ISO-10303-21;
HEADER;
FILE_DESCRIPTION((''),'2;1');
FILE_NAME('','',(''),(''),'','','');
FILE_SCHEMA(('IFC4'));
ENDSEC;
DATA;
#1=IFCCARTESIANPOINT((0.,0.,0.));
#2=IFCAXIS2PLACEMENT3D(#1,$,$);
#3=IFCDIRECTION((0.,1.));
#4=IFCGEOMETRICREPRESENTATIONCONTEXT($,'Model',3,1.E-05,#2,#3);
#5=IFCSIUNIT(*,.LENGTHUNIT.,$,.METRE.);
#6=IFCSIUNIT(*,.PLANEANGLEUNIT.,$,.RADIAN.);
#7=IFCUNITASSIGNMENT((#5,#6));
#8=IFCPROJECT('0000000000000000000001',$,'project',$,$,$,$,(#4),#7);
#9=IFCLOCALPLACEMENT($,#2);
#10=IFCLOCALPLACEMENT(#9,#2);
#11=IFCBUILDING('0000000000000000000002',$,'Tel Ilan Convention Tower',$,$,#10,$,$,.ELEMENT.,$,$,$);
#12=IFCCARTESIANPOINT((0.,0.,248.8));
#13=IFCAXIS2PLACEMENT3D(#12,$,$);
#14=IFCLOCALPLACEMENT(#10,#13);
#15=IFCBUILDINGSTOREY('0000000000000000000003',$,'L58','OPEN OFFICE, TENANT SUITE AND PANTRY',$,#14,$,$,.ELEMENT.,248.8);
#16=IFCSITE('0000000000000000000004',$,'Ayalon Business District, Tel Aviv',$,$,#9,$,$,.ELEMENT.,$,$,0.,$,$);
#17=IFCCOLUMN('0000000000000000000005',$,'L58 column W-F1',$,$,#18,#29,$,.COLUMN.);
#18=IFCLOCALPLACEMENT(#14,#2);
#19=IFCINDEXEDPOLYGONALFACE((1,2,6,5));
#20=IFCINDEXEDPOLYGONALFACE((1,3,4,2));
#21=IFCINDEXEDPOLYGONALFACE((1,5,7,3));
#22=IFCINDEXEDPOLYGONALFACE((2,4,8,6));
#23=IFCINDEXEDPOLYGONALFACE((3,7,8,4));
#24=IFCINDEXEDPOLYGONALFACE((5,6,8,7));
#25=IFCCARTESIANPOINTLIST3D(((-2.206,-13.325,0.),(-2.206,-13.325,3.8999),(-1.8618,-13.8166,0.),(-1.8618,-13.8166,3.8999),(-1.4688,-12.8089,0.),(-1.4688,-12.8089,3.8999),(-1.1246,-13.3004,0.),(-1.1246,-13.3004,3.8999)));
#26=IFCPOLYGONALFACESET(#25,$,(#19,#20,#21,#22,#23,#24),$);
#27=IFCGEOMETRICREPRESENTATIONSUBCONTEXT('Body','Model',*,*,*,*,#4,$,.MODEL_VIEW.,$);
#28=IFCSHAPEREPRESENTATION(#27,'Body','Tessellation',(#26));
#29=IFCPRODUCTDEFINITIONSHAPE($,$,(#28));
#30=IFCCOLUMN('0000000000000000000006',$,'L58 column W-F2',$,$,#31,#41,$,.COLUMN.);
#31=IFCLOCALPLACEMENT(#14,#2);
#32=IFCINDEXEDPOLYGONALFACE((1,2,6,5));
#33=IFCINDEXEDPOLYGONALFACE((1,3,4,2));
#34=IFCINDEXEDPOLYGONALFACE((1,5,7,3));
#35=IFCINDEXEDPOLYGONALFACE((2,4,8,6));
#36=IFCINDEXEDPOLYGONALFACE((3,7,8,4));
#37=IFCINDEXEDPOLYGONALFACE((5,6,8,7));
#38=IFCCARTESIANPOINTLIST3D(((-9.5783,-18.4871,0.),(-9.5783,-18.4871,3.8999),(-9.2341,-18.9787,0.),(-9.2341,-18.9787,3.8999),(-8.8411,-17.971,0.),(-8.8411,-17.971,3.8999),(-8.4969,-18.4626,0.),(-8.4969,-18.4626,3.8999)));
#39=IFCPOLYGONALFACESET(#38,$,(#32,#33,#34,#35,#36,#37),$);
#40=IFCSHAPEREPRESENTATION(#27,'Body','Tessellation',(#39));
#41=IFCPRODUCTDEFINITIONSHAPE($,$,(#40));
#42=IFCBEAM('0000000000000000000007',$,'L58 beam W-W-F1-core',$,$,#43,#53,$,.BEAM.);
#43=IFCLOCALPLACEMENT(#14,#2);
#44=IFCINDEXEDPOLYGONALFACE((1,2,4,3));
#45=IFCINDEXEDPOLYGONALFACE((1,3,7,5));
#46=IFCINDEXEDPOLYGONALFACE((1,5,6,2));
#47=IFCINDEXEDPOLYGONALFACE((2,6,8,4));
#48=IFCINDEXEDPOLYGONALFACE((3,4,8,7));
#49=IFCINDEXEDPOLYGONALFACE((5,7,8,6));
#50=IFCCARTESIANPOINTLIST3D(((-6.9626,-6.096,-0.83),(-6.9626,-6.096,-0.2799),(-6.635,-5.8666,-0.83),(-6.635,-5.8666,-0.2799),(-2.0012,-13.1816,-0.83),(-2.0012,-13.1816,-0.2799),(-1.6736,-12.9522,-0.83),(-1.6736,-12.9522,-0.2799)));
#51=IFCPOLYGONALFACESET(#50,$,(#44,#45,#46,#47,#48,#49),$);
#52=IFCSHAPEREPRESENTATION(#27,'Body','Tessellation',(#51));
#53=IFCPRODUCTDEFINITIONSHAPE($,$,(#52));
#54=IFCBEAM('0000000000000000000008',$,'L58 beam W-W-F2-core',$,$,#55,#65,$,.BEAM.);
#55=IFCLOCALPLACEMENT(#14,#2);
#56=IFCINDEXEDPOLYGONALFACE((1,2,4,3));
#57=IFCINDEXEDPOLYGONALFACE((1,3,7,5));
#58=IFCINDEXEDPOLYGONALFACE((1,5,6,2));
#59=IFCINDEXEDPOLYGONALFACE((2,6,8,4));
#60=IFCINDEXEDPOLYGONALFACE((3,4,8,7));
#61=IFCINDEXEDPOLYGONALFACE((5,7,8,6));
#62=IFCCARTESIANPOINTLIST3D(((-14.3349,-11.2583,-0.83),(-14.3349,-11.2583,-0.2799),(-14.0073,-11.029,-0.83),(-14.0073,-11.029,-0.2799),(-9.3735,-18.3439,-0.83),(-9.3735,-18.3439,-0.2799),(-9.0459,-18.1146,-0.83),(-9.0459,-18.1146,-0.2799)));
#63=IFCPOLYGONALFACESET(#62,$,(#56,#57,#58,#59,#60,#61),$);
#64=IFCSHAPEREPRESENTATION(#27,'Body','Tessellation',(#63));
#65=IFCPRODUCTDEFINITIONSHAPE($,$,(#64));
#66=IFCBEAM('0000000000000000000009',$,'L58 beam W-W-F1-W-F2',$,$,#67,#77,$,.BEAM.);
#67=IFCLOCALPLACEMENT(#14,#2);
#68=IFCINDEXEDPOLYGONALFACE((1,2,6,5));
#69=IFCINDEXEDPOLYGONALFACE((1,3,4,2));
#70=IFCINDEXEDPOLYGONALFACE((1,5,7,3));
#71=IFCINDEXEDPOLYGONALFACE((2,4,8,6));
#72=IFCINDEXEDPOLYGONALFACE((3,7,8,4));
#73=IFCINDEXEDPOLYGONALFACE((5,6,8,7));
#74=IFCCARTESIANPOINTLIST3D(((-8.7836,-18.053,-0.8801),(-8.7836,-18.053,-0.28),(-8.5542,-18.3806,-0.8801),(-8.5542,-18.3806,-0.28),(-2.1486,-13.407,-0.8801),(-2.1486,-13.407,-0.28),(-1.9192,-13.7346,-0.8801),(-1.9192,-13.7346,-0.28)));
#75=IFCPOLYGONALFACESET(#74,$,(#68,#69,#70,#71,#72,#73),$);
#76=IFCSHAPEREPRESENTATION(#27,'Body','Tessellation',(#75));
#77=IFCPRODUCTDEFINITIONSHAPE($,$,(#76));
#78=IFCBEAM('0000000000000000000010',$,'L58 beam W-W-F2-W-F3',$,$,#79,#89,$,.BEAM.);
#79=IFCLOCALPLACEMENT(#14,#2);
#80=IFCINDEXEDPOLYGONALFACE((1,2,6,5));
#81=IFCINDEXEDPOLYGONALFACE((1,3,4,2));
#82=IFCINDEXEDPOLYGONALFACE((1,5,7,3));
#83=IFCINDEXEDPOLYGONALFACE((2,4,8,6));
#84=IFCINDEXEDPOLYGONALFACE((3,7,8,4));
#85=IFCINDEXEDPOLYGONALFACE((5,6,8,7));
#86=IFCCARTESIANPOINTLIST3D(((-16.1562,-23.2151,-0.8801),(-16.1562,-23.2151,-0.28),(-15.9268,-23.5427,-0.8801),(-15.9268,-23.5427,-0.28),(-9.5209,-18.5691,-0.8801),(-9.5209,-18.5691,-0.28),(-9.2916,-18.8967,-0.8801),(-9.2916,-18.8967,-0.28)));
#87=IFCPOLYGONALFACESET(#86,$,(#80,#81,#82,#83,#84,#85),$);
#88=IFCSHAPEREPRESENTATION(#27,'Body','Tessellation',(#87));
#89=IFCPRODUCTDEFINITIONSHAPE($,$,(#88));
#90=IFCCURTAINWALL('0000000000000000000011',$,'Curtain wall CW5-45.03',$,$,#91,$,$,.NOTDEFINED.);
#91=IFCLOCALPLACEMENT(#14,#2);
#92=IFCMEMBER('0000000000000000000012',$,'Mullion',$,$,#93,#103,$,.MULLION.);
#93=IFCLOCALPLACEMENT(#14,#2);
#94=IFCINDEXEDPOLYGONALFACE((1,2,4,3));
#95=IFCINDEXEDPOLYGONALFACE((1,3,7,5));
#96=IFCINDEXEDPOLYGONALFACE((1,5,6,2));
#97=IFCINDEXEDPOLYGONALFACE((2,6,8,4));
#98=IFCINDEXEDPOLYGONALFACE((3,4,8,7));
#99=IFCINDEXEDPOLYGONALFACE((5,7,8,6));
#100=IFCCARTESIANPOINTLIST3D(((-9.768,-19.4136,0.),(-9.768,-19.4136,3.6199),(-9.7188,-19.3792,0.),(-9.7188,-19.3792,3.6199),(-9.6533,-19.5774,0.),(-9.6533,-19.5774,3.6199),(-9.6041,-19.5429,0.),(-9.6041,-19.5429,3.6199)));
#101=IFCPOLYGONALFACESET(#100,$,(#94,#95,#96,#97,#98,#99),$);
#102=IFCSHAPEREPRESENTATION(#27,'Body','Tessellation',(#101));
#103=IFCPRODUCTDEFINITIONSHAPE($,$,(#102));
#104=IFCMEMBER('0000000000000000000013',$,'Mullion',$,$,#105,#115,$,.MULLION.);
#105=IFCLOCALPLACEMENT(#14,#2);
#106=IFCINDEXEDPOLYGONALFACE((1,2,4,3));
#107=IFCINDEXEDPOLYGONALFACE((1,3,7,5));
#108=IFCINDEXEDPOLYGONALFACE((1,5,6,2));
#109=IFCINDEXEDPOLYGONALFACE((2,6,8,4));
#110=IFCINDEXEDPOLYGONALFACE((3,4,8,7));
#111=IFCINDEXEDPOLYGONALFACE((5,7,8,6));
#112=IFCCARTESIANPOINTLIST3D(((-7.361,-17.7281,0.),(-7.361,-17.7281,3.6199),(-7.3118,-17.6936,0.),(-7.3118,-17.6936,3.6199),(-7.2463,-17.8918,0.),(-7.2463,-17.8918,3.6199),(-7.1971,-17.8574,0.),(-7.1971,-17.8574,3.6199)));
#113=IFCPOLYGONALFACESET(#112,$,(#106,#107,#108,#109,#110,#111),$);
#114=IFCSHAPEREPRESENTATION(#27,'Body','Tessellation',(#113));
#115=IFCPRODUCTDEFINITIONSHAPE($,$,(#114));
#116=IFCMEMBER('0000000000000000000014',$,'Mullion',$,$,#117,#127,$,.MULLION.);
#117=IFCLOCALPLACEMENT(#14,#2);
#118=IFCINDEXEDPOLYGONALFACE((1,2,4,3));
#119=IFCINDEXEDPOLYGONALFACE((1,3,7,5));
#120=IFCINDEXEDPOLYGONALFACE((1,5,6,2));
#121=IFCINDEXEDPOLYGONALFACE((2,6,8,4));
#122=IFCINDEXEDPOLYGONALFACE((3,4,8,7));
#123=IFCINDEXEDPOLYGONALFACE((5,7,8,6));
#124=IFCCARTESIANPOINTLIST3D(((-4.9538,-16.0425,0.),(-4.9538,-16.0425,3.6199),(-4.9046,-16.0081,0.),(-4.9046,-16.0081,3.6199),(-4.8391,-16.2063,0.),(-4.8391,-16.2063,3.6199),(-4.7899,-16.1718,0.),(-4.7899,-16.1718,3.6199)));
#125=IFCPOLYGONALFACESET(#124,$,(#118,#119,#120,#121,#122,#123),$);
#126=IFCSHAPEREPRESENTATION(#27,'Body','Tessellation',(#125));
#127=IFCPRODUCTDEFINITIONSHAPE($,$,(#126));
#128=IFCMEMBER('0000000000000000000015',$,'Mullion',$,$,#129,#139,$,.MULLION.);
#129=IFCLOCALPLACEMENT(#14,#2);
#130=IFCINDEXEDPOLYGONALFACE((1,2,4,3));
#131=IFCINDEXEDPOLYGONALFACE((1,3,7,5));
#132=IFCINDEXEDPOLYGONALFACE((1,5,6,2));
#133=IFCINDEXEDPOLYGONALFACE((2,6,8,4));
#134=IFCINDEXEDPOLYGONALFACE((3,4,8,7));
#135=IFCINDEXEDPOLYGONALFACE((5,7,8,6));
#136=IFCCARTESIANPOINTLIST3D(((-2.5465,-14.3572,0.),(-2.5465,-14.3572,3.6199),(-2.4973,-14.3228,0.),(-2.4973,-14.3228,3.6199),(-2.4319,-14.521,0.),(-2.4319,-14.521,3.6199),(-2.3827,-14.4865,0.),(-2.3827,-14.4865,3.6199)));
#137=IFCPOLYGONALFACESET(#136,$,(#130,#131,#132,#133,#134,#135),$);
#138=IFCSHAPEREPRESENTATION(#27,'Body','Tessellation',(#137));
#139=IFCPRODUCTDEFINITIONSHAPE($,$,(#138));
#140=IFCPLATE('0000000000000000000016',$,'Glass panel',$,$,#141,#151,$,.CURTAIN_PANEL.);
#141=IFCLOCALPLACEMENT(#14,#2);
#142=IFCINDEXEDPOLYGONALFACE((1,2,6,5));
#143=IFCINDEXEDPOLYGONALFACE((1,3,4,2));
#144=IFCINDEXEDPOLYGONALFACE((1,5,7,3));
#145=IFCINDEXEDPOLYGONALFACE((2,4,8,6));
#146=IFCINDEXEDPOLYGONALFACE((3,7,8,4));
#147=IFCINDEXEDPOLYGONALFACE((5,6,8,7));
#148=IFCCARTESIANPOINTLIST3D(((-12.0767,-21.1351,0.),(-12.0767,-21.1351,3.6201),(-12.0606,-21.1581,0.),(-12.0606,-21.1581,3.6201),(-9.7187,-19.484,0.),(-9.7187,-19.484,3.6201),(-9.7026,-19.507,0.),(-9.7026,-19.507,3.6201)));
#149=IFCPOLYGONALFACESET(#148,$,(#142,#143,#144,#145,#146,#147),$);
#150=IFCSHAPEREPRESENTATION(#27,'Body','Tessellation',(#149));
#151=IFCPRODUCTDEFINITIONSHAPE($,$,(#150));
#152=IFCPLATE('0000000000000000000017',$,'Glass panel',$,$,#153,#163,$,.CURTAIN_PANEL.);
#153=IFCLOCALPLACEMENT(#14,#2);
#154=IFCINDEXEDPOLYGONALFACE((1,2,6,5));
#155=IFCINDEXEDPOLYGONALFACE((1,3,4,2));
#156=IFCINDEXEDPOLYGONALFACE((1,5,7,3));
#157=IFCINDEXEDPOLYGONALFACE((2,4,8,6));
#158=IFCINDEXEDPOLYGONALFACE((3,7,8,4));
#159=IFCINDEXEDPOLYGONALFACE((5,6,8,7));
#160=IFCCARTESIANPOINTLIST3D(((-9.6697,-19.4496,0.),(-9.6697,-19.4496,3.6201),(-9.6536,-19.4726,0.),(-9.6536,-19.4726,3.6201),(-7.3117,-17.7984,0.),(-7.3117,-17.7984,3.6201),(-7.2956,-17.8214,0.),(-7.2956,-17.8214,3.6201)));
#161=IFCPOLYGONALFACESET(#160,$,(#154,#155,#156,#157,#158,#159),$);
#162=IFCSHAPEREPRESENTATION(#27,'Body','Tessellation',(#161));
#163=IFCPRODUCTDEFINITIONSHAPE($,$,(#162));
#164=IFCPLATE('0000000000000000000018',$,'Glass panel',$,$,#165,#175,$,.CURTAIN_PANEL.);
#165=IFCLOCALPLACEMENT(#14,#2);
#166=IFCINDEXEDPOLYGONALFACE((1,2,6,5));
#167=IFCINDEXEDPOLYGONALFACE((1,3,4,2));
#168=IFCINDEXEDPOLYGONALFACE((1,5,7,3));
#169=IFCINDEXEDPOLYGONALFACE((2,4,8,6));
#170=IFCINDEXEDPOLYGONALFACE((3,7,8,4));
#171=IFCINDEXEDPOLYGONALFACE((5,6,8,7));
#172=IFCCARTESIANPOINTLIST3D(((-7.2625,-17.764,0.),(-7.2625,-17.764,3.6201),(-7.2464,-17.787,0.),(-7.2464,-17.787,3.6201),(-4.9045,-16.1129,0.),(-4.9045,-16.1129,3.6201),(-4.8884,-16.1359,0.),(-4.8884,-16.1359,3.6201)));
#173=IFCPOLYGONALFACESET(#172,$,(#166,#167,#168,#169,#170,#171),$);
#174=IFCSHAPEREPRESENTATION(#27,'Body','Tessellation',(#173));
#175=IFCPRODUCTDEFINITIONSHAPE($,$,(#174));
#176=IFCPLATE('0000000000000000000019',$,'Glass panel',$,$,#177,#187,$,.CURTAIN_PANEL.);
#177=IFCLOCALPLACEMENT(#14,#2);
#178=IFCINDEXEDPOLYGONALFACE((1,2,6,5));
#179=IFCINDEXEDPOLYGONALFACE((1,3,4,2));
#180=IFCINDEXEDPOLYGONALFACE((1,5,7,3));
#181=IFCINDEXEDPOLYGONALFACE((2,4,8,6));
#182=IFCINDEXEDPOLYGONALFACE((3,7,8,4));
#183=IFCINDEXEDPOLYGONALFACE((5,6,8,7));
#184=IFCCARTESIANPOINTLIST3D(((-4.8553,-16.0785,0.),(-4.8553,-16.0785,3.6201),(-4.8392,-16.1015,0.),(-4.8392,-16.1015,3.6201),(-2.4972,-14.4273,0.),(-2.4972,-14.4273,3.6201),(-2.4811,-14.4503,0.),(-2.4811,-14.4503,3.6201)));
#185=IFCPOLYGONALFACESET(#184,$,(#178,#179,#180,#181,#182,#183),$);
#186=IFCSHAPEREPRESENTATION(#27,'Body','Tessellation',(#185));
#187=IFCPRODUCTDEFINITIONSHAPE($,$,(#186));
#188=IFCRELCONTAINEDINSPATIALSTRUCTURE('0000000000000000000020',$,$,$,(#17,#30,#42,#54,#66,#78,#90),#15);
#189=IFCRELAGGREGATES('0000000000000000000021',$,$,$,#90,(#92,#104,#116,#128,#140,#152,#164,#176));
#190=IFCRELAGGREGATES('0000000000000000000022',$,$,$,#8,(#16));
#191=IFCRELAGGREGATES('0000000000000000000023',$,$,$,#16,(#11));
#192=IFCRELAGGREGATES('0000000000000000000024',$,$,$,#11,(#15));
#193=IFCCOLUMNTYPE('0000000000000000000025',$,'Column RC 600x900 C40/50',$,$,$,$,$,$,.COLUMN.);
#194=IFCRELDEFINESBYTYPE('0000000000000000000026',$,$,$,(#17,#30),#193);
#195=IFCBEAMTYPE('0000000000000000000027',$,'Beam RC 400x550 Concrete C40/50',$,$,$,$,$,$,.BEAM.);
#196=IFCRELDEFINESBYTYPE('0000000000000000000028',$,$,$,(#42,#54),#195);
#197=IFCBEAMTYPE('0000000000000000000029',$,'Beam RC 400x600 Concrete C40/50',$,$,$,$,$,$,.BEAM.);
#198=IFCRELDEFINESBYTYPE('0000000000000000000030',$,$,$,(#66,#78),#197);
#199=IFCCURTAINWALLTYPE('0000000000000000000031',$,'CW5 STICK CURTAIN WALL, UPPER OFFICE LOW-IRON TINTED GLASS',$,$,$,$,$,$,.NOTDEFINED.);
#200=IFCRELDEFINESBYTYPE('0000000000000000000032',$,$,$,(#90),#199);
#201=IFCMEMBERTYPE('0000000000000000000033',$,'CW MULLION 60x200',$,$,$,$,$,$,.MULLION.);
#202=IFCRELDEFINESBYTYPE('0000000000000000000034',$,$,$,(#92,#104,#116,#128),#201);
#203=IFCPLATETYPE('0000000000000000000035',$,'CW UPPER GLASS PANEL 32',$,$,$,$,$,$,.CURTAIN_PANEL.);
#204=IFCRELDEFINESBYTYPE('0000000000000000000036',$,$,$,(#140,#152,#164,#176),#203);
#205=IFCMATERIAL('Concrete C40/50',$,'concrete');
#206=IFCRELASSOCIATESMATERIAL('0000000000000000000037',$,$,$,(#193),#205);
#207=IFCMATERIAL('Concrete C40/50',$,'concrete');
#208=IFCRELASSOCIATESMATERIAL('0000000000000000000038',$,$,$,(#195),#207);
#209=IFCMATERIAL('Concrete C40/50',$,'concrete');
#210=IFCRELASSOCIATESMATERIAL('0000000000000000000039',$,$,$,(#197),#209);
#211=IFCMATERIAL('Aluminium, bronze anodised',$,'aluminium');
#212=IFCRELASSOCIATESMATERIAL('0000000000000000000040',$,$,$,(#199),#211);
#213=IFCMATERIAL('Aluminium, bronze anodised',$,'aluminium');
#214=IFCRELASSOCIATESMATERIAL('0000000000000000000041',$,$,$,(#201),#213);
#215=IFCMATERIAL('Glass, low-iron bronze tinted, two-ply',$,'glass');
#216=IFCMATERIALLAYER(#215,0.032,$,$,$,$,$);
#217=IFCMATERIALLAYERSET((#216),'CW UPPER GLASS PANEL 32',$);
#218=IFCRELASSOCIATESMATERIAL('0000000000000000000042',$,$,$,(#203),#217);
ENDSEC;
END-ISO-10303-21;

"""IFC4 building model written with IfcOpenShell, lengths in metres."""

from ifc_helpers import new_model, si_unit, direction, frame, origin, origin_2d, place, context, subcontext, project, spatial, rectangle, extrude, material, layer, layer_set, material_profile, profile_set, type_object, element, aggregate, save


model = new_model("IFC4")

# Units and contexts
model_context = context("Model", 3, precision=1e-05, world=origin(), true_north=direction((0.0, 1.0)))
body_context = subcontext(model_context, "Body", "Model", "MODEL_VIEW")
ifc_project = project(units=[si_unit("LENGTHUNIT", "METRE"), si_unit("PLANEANGLEUNIT", "RADIAN")], contexts=[model_context])

# Site, building, storey
site_placement = place(None, origin())
site = spatial("IfcSite", under=ifc_project, at=site_placement, Name="Ayalon Business District, Tel Aviv", CompositionType="ELEMENT", RefElevation=0.0)
building_placement = place(site_placement, origin())
building = spatial("IfcBuilding", under=site, at=building_placement, Name="Tel Ilan Convention Tower", CompositionType="ELEMENT")
storey_placement = place(building_placement, frame((0.0, 0.0, 248.8)))
storey = spatial("IfcBuildingStorey", under=building, at=storey_placement, Name="L58", Description="OPEN OFFICE, TENANT SUITE AND PANTRY", CompositionType="ELEMENT", Elevation=248.8)

# Columns
ifc_material_1 = material(Name="Concrete C40/50", Category="concrete")
ifc_material_profile_1 = material_profile(ifc_material_1, rectangle(XDim=0.8999, YDim=0.6001, at=origin_2d()), Name="RC 600x900")
ifc_profile_set_1 = profile_set([ifc_material_profile_1], Name="Concrete C40/50")
column_type = type_object("IfcColumnType", Name="Column RC 600x900 C40/50", PredefinedType="COLUMN", material=ifc_profile_set_1)
for number, where, z_axis, x_axis, name in (
    (1, (-1.6653, -13.3127, 0.0), (0.0, 0.0, 1.0), (-0.819152, -0.573576, 0.0), "L58 column W-F1"),
    (2, (-9.0376, -18.4749, 0.0), (0.0, 0.0, 1.0), (-0.819152, -0.573576, 0.0), "L58 column W-F2"),
):
    element("IfcColumn", number, at=place(storey_placement, frame(where, z_axis=z_axis, x_axis=x_axis)), inside=storey, type_object=column_type, Name=name, PredefinedType="COLUMN", context=body_context, shape_type="SweptSolid", body=[
        extrude(rectangle(XDim=0.8999, YDim=0.6001, at=origin_2d()), origin(), (0.0, 0.0, 1.0), 3.8999),
    ])

# Beams
ifc_material_2 = material(Name="Concrete C40/50", Category="concrete")
ifc_material_profile_2 = material_profile(ifc_material_2, rectangle(XDim=0.3999, YDim=0.55, at=origin_2d()), Name="RC 400x550")
ifc_profile_set_2 = profile_set([ifc_material_profile_2], Name="Concrete C40/50")
beam_type_1 = type_object("IfcBeamType", Name="Beam RC 400x550 Concrete C40/50", PredefinedType="BEAM", material=ifc_profile_set_2)
for number, where, z_axis, x_axis, name in (
    (3, (-1.8374, -13.0669, -0.5549), (-0.573574, 0.819154, 0.0), (-0.819154, -0.573574, 0.0), "L58 beam W-W-F1-core"),
    (4, (-9.2097, -18.2292, -0.5549), (-0.573574, 0.819154, 0.0), (-0.819154, -0.573574, 0.0), "L58 beam W-W-F2-core"),
):
    element("IfcBeam", number, at=place(storey_placement, frame(where, z_axis=z_axis, x_axis=x_axis)), inside=storey, type_object=beam_type_1, Name=name, PredefinedType="BEAM", context=body_context, shape_type="SweptSolid", body=[
        extrude(rectangle(XDim=0.3999, YDim=0.55, at=origin_2d()), origin(), (0.0, 0.0, 1.0), 8.6499),
    ])
ifc_material_3 = material(Name="Concrete C40/50", Category="concrete")
ifc_material_profile_3 = material_profile(ifc_material_3, rectangle(XDim=0.3999, YDim=0.6001, at=origin_2d()), Name="RC 400x600")
ifc_profile_set_3 = profile_set([ifc_material_profile_3], Name="Concrete C40/50")
beam_type_2 = type_object("IfcBeamType", Name="Beam RC 400x600 Concrete C40/50", PredefinedType="BEAM", material=ifc_profile_set_3)
beam_1_placement = place(storey_placement, frame((-2.0339, -13.5708, -0.5801), z_axis=(-0.819146, -0.573586, 0.0), x_axis=(0.573586, -0.819146, 0.0)))
element("IfcBeam", 5, at=beam_1_placement, inside=storey, type_object=beam_type_2, Name="L58 beam W-W-F1-W-F2", PredefinedType="BEAM", context=body_context, shape_type="SweptSolid", body=[
    extrude(rectangle(XDim=0.3999, YDim=0.6001, at=origin_2d()), origin(), (0.0, 0.0, 1.0), 8.0999),
])
beam_2_placement = place(storey_placement, frame((-9.4062, -18.7329, -0.5801), z_axis=(-0.819155, -0.573572, 0.0), x_axis=(0.573572, -0.819155, 0.0)))
element("IfcBeam", 6, at=beam_2_placement, inside=storey, type_object=beam_type_2, Name="L58 beam W-W-F2-W-F3", PredefinedType="BEAM", context=body_context, shape_type="SweptSolid", body=[
    extrude(rectangle(XDim=0.3999, YDim=0.6001, at=origin_2d()), origin(), (0.0, 0.0, 1.0), 8.1001),
])

# Curtain wall, members, plates
ifc_material_4 = material(Name="Aluminium, bronze anodised", Category="aluminium")
curtain_wall_type = type_object("IfcCurtainWallType", Name="CW5 STICK CURTAIN WALL, UPPER OFFICE LOW-IRON TINTED GLASS", PredefinedType="NOTDEFINED", material=ifc_material_4)
curtain_wall_placement = place(storey_placement, origin())
curtain_wall = element("IfcCurtainWall", 7, at=curtain_wall_placement, inside=storey, type_object=curtain_wall_type, Name="Curtain wall CW5-45.03", PredefinedType="NOTDEFINED")
ifc_material_5 = material(Name="Aluminium, bronze anodised", Category="aluminium")
ifc_material_profile_4 = material_profile(ifc_material_5, rectangle(XDim=0.0601, YDim=0.2, at=origin_2d()), Name="CW MULLION 60x200")
ifc_profile_set_4 = profile_set([ifc_material_profile_4], Name="Aluminium, bronze anodised")
member_type = type_object("IfcMemberType", Name="CW MULLION 60x200", PredefinedType="MULLION", material=ifc_profile_set_4)
member_1_placement = place(storey_placement, frame((-9.686, -19.4783, 0.0), z_axis=(0.0, 0.0, 1.0), x_axis=(0.819152, 0.573576, 0.0)))
member_1 = element("IfcMember", 8, at=member_1_placement, type_object=member_type, Name="Mullion", PredefinedType="MULLION", context=body_context, shape_type="SweptSolid", body=[
    extrude(rectangle(XDim=0.0601, YDim=0.2, at=origin_2d()), origin(), (0.0, 0.0, 1.0), 3.6199),
])
member_2_placement = place(storey_placement, frame((-7.2791, -17.7927, 0.0), z_axis=(0.0, 0.0, 1.0), x_axis=(0.819152, 0.573576, 0.0)))
member_2 = element("IfcMember", 9, at=member_2_placement, type_object=member_type, Name="Mullion", PredefinedType="MULLION", context=body_context, shape_type="SweptSolid", body=[
    extrude(rectangle(XDim=0.0601, YDim=0.2, at=origin_2d()), origin(), (0.0, 0.0, 1.0), 3.6199),
])
member_3_placement = place(storey_placement, frame((-4.8718, -16.1072, 0.0), z_axis=(0.0, 0.0, 1.0), x_axis=(0.819152, 0.573576, 0.0)))
member_3 = element("IfcMember", 10, at=member_3_placement, type_object=member_type, Name="Mullion", PredefinedType="MULLION", context=body_context, shape_type="SweptSolid", body=[
    extrude(rectangle(XDim=0.0601, YDim=0.2, at=origin_2d()), origin(), (0.0, 0.0, 1.0), 3.6199),
])
member_4_placement = place(storey_placement, frame((-2.4646, -14.4219, 0.0), z_axis=(0.0, 0.0, 1.0), x_axis=(0.819152, 0.573576, 0.0)))
member_4 = element("IfcMember", 11, at=member_4_placement, type_object=member_type, Name="Mullion", PredefinedType="MULLION", context=body_context, shape_type="SweptSolid", body=[
    extrude(rectangle(XDim=0.0601, YDim=0.2, at=origin_2d()), origin(), (0.0, 0.0, 1.0), 3.6199),
])
ifc_material_6 = material(Name="Glass, low-iron bronze tinted, two-ply", Category="glass")
ifc_layer_1 = layer(ifc_material_6, 0.032)
ifc_layer_set_1 = layer_set([ifc_layer_1], Name="CW UPPER GLASS PANEL 32")
plate_type = type_object("IfcPlateType", Name="CW UPPER GLASS PANEL 32", PredefinedType="CURTAIN_PANEL", material=ifc_layer_set_1)
plate_1_placement = place(storey_placement, frame((-10.8896, -20.321, 0.0), z_axis=(0.0, 0.0, 1.0), x_axis=(0.819152, 0.573576, 0.0)))
plate_1 = element("IfcPlate", 12, at=plate_1_placement, type_object=plate_type, Name="Glass panel", PredefinedType="CURTAIN_PANEL", context=body_context, shape_type="SweptSolid", body=[
    extrude(rectangle(XDim=2.8787, YDim=0.0281, at=origin_2d()), origin(), (0.0, 0.0, 1.0), 3.6201),
])
plate_2_placement = place(storey_placement, frame((-8.4827, -18.6355, 0.0), z_axis=(0.0, 0.0, 1.0), x_axis=(0.819152, 0.573576, 0.0)))
plate_2 = element("IfcPlate", 13, at=plate_2_placement, type_object=plate_type, Name="Glass panel", PredefinedType="CURTAIN_PANEL", context=body_context, shape_type="SweptSolid", body=[
    extrude(rectangle(XDim=2.8787, YDim=0.0281, at=origin_2d()), origin(), (0.0, 0.0, 1.0), 3.6201),
])
plate_3_placement = place(storey_placement, frame((-6.0754, -16.95, 0.0), z_axis=(0.0, 0.0, 1.0), x_axis=(0.819152, 0.573576, 0.0)))
plate_3 = element("IfcPlate", 14, at=plate_3_placement, type_object=plate_type, Name="Glass panel", PredefinedType="CURTAIN_PANEL", context=body_context, shape_type="SweptSolid", body=[
    extrude(rectangle(XDim=2.8787, YDim=0.0281, at=origin_2d()), origin(), (0.0, 0.0, 1.0), 3.6201),
])
plate_4_placement = place(storey_placement, frame((-3.6682, -15.2644, 0.0), z_axis=(0.0, 0.0, 1.0), x_axis=(0.819152, 0.573576, 0.0)))
plate_4 = element("IfcPlate", 15, at=plate_4_placement, type_object=plate_type, Name="Glass panel", PredefinedType="CURTAIN_PANEL", context=body_context, shape_type="SweptSolid", body=[
    extrude(rectangle(XDim=2.8787, YDim=0.0281, at=origin_2d()), origin(), (0.0, 0.0, 1.0), 3.6201),
])
aggregate(curtain_wall, [member_1, member_2, member_3, member_4, plate_1, plate_2, plate_3, plate_4])

save(model, "model.ifc")
